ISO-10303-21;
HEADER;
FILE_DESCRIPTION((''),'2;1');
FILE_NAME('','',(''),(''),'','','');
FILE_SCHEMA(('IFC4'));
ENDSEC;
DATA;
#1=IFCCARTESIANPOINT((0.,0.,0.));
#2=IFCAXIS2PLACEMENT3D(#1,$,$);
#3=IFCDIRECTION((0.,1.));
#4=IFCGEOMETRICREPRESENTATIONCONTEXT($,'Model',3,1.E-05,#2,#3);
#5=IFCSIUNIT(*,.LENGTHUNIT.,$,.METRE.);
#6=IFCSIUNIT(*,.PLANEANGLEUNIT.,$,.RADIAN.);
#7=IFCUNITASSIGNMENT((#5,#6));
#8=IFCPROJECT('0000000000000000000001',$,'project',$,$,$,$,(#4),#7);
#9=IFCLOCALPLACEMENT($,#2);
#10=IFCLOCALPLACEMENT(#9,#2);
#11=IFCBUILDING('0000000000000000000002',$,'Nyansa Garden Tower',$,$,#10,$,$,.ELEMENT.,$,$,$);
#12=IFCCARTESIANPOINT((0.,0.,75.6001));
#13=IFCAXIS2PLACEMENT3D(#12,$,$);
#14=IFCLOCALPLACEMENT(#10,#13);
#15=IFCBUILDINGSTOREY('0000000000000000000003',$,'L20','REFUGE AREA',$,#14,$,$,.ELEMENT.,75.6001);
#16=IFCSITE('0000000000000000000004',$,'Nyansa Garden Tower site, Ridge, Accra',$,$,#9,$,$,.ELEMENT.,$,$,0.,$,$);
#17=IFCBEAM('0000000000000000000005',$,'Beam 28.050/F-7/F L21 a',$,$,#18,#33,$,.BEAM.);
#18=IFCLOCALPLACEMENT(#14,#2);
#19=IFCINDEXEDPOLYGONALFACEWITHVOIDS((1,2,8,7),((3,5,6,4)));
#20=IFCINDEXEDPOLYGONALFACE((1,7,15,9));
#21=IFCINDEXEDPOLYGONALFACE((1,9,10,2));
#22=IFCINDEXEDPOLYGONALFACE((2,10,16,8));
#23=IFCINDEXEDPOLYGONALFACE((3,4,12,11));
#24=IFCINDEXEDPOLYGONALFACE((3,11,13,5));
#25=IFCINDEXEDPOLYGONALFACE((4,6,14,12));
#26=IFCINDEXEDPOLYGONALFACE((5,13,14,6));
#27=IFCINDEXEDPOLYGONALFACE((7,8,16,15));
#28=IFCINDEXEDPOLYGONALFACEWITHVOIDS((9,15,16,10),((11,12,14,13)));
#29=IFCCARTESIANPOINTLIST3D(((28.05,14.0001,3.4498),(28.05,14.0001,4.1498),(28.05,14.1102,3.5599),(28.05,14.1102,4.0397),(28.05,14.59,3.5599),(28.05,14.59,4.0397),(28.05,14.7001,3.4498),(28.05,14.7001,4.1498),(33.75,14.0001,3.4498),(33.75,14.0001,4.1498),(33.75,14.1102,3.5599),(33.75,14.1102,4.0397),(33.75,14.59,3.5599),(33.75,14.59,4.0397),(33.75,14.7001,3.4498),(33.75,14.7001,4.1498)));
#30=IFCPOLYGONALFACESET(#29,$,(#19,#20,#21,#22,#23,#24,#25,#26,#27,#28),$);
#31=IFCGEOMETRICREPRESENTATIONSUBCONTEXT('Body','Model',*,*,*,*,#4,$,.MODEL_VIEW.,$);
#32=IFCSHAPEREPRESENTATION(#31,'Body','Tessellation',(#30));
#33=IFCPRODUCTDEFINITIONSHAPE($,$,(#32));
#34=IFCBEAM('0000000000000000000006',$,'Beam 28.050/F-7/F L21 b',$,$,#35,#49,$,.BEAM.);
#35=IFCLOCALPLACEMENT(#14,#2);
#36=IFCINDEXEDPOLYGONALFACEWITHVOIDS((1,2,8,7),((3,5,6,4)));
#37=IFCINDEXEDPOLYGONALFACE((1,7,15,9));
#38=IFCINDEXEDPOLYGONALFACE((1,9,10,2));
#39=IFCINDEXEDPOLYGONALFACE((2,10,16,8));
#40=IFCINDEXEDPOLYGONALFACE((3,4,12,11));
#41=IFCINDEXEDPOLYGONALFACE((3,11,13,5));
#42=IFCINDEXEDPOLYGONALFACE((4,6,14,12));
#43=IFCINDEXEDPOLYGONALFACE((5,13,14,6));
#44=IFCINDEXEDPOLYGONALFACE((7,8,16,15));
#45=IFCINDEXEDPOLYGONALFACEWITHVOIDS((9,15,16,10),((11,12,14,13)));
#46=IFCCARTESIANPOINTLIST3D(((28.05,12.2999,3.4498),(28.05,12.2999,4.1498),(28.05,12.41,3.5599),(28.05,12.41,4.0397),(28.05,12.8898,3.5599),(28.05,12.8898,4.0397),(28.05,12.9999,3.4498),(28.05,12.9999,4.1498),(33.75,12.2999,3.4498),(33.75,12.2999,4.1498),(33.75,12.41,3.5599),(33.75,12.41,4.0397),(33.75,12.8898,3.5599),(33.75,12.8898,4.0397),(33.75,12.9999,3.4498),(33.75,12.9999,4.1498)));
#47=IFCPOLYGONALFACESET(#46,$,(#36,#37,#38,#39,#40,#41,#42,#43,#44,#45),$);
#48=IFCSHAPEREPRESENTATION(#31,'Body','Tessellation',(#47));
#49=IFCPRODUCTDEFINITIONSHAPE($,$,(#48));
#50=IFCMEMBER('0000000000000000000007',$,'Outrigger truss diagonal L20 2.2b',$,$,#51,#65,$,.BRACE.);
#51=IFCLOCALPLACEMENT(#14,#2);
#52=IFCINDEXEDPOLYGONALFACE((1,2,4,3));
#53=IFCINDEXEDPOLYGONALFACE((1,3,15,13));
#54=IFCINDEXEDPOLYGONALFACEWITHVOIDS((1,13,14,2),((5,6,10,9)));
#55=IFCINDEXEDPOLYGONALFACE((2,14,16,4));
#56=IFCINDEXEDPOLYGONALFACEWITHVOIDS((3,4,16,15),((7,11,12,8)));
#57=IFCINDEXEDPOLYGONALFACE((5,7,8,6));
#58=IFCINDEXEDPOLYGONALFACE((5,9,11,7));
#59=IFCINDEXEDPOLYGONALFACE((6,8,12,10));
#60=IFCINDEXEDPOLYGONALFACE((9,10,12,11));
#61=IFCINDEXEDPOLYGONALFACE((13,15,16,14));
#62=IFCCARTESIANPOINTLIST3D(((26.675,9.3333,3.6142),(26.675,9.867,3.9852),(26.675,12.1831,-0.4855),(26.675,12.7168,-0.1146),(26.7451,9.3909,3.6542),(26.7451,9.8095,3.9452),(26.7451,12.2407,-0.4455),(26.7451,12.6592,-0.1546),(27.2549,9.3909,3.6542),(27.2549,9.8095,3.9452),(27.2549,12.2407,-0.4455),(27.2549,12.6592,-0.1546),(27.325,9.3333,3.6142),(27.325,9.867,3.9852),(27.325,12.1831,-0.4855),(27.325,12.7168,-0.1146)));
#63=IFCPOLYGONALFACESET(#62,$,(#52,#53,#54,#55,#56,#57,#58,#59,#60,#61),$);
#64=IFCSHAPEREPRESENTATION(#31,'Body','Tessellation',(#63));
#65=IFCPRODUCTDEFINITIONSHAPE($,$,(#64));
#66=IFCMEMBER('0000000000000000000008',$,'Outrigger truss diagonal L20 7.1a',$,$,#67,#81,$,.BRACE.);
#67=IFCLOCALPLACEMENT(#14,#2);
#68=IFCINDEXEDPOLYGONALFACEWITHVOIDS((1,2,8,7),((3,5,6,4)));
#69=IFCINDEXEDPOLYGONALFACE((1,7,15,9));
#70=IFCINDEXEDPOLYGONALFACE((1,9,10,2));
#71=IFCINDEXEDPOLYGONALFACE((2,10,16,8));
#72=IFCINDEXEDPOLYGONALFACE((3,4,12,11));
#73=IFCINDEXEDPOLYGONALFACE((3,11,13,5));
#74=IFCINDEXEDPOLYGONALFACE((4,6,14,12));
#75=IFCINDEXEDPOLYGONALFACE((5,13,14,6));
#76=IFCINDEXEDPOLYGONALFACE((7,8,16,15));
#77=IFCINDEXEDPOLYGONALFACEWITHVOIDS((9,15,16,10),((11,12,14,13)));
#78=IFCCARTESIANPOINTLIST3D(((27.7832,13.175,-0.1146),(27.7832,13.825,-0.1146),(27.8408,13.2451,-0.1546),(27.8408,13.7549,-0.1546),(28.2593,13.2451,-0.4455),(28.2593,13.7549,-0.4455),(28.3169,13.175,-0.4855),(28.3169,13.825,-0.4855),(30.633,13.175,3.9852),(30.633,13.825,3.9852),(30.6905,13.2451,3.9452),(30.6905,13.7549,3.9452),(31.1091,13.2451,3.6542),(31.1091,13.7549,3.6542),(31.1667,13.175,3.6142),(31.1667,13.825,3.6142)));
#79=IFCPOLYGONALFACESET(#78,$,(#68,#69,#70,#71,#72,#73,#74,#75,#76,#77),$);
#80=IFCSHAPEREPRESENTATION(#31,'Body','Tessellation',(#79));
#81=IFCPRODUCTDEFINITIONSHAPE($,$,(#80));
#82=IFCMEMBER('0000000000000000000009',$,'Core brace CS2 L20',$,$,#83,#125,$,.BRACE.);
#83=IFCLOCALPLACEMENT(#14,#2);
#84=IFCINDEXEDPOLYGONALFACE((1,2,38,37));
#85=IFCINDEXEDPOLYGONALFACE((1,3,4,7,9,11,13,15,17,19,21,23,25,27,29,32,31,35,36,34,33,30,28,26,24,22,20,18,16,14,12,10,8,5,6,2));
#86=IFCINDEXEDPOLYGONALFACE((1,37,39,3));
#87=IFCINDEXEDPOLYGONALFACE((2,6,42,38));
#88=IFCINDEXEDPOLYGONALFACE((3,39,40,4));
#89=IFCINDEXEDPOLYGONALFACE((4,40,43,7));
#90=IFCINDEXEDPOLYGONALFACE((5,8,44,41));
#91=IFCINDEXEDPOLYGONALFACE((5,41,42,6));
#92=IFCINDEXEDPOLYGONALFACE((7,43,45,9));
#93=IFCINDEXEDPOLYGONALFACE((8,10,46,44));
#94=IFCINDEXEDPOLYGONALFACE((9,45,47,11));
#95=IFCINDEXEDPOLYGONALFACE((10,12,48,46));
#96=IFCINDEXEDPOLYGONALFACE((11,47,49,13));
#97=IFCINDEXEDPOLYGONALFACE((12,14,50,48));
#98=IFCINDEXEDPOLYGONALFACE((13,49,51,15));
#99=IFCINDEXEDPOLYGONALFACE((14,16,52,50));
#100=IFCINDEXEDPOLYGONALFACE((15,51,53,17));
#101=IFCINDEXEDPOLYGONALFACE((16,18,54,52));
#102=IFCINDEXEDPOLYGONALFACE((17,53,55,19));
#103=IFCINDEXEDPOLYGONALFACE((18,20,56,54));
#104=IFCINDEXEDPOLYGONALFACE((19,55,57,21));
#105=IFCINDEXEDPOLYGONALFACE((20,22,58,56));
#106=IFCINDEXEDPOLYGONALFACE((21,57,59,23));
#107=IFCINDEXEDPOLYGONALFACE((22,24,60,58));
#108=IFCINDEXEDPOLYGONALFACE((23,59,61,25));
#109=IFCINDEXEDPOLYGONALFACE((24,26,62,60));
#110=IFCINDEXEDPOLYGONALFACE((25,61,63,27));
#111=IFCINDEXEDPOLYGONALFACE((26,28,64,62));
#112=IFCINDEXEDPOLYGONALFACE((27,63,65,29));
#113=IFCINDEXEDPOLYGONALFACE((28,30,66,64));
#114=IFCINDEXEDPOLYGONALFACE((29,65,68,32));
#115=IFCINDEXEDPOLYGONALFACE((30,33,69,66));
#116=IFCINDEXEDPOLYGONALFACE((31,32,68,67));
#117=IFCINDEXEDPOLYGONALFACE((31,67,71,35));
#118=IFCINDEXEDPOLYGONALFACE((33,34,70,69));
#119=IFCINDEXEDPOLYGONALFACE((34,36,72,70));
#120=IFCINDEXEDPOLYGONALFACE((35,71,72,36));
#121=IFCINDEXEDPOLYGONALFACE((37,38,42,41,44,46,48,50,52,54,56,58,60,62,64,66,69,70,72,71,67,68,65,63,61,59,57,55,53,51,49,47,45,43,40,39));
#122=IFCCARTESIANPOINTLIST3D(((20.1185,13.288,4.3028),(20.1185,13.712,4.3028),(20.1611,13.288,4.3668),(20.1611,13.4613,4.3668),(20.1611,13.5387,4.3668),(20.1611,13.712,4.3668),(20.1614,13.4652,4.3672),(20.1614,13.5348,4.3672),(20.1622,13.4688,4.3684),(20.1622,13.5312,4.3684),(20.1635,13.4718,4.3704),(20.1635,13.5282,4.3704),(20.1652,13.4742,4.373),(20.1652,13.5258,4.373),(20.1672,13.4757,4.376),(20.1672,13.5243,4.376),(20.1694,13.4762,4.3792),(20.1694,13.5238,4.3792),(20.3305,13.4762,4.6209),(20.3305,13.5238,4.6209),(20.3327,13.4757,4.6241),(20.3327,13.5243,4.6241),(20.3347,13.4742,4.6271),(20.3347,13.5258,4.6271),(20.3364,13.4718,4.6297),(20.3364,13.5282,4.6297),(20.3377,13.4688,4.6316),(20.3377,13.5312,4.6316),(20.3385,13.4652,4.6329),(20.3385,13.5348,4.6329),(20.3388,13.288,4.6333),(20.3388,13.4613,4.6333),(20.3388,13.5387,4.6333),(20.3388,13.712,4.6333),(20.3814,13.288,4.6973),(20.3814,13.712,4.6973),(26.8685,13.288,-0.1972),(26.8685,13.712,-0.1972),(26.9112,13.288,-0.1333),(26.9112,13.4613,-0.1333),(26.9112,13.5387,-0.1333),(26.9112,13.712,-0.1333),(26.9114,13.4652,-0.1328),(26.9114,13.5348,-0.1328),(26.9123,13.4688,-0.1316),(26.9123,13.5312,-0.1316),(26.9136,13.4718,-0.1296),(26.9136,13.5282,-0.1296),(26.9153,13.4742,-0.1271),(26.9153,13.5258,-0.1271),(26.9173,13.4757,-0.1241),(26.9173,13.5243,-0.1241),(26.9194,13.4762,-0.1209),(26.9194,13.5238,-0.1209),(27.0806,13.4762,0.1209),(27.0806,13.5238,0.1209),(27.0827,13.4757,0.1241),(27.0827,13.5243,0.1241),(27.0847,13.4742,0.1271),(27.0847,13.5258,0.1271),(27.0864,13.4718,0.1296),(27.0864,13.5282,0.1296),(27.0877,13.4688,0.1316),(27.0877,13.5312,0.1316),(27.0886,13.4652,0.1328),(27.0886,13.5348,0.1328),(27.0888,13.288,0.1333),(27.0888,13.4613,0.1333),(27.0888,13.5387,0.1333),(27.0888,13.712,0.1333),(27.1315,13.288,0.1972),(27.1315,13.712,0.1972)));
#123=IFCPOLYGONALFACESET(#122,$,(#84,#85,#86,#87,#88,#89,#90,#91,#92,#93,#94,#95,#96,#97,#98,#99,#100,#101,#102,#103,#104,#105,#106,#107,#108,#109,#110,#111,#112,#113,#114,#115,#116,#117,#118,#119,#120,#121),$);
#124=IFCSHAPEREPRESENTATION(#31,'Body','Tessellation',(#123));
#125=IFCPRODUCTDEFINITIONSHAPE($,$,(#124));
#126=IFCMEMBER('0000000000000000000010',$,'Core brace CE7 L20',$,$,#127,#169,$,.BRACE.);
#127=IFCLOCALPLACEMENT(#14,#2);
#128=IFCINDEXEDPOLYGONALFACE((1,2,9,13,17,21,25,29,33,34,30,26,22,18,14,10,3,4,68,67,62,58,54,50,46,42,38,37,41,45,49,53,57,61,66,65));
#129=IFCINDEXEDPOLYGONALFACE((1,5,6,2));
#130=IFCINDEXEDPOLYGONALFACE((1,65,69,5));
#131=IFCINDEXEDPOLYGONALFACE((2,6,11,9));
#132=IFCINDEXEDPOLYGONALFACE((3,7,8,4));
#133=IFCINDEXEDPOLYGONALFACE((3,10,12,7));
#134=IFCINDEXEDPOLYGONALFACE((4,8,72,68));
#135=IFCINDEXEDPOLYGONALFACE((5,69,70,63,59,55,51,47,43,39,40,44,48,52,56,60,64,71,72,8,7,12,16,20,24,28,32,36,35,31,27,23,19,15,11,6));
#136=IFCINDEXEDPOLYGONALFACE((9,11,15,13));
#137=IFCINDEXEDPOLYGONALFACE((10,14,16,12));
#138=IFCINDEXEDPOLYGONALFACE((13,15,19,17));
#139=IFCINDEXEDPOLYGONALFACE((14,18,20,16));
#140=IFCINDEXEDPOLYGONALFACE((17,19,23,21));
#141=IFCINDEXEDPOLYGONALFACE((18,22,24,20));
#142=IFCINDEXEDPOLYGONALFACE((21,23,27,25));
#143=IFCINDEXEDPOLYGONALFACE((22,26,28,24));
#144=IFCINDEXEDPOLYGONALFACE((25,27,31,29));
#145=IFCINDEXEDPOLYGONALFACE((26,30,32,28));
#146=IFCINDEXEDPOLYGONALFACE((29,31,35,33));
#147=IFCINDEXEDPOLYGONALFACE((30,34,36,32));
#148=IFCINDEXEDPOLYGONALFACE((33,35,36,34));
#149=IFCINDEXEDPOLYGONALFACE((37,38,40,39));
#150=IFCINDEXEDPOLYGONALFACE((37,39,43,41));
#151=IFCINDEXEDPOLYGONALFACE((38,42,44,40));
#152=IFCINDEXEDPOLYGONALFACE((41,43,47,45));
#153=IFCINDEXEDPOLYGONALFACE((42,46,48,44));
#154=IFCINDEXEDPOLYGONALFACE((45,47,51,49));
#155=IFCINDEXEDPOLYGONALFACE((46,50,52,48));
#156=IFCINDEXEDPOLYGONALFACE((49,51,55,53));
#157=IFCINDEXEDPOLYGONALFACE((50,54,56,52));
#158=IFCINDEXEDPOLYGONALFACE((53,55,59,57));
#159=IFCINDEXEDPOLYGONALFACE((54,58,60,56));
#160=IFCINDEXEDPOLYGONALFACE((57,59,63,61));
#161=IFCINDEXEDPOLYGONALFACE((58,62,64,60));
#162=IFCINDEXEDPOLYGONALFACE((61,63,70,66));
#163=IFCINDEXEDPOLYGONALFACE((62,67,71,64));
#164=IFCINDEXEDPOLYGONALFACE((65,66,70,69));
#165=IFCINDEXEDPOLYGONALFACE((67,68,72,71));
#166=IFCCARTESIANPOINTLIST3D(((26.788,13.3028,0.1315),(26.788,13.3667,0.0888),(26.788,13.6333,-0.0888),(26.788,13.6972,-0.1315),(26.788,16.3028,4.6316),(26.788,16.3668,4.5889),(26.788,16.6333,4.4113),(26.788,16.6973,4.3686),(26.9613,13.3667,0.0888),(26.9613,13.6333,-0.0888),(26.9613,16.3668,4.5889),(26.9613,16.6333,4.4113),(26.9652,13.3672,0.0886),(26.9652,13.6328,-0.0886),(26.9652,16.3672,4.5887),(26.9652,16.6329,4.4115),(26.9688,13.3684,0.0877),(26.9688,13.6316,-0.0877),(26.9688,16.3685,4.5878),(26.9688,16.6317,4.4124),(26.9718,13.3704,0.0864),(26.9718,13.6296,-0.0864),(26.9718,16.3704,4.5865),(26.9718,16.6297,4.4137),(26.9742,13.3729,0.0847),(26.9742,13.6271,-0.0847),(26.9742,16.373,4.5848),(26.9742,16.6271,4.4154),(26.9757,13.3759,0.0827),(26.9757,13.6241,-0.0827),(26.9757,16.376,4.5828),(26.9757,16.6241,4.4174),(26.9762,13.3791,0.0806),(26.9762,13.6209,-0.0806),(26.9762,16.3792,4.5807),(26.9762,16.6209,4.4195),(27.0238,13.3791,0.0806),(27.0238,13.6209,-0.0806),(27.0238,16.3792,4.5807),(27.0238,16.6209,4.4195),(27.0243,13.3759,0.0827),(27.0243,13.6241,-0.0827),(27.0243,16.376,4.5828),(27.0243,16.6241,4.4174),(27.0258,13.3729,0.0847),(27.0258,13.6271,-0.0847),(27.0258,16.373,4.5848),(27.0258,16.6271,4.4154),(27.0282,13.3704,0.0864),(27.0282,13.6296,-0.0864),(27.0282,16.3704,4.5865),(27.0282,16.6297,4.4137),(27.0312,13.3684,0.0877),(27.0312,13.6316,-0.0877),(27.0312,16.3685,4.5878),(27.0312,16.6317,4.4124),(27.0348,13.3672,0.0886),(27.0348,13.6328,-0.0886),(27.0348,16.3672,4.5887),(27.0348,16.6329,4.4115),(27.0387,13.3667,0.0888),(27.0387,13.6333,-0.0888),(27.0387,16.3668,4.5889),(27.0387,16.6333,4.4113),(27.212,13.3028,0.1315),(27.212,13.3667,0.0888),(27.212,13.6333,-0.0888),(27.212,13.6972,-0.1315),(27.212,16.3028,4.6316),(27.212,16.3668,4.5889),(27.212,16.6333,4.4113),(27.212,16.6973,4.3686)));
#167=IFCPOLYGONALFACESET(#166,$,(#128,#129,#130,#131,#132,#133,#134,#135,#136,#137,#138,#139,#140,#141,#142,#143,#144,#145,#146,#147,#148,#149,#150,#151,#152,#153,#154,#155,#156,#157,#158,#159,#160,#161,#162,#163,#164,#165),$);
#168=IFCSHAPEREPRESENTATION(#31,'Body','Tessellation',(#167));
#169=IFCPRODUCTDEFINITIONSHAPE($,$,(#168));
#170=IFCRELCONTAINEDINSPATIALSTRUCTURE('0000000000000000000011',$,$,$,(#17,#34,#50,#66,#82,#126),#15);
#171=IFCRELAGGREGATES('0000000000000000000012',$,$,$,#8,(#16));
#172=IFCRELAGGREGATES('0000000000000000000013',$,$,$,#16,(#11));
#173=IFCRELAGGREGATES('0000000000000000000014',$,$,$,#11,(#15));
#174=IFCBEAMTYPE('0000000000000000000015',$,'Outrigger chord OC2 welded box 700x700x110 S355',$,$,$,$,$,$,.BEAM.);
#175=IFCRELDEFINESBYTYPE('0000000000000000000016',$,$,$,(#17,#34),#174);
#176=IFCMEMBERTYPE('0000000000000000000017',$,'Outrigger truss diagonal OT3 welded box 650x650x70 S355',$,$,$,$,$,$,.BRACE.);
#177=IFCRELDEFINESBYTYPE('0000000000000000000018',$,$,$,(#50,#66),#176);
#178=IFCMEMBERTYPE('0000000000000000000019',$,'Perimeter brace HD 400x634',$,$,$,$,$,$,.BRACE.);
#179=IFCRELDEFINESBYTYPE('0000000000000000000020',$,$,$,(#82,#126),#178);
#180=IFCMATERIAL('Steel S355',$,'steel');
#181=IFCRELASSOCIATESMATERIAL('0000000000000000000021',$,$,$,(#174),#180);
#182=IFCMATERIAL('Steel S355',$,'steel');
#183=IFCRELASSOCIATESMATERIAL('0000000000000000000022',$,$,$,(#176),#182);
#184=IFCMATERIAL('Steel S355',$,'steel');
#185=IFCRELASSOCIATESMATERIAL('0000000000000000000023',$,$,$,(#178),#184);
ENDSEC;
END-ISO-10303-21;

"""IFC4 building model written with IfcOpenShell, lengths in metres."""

from ifc_helpers import new_model, si_unit, direction, frame, origin, origin_2d, place, context, subcontext, project, spatial, hollow_rectangle, i_section, extrude, material, material_profile, profile_set, type_object, element, save


model = new_model("IFC4")

# Units and contexts
model_context = context("Model", 3, precision=1e-05, world=origin(), true_north=direction((0.0, 1.0)))
body_context = subcontext(model_context, "Body", "Model", "MODEL_VIEW")
ifc_project = project(units=[si_unit("LENGTHUNIT", "METRE"), si_unit("PLANEANGLEUNIT", "RADIAN")], contexts=[model_context])

# Site, building, storey
site_placement = place(None, origin())
site = spatial("IfcSite", under=ifc_project, at=site_placement, Name="Nyansa Garden Tower site, Ridge, Accra", CompositionType="ELEMENT", RefElevation=0.0)
building_placement = place(site_placement, origin())
building = spatial("IfcBuilding", under=site, at=building_placement, Name="Nyansa Garden Tower", CompositionType="ELEMENT")
storey_placement = place(building_placement, frame((0.0, 0.0, 75.6001)))
storey = spatial("IfcBuildingStorey", under=building, at=storey_placement, Name="L20", Description="REFUGE AREA", CompositionType="ELEMENT", Elevation=75.6001)

# Beams
ifc_material_1 = material(Name="Steel S355", Category="steel")
ifc_material_profile_1 = material_profile(ifc_material_1, hollow_rectangle(XDim=0.7, YDim=0.7, WallThickness=0.1101, at=origin_2d()), Name="Welded box 700x700x110")
ifc_profile_set_1 = profile_set([ifc_material_profile_1], Name="Steel S355")
beam_type_1 = type_object("IfcBeamType", Name="Outrigger chord OC2 welded box 700x700x110 S355", PredefinedType="BEAM", material=ifc_profile_set_1)
for number, where, z_axis, x_axis, name in (
    (1, (28.05, 14.3501, 3.7998), (1.0, 0.0, 0.0), (0.0, 1.0, 0.0), "Beam 28.050/F-7/F L21 a"),
    (2, (28.05, 12.6499, 3.7998), (1.0, 0.0, 0.0), (0.0, 1.0, 0.0), "Beam 28.050/F-7/F L21 b"),
):
    element("IfcBeam", number, at=place(storey_placement, frame(where, z_axis=z_axis, x_axis=x_axis)), inside=storey, type_object=beam_type_1, Name=name, PredefinedType="BEAM", context=body_context, shape_type="SweptSolid", body=[
        extrude(hollow_rectangle(XDim=0.7, YDim=0.7, WallThickness=0.1101, at=origin_2d()), origin(), (0.0, 0.0, 1.0), 5.7),
    ])

# Members
ifc_material_2 = material(Name="Steel S355", Category="steel")
ifc_material_profile_2 = material_profile(ifc_material_2, hollow_rectangle(XDim=0.6499, YDim=0.6499, WallThickness=0.0701, at=origin_2d()), Name="Welded box 650x650x70")
ifc_profile_set_2 = profile_set([ifc_material_profile_2], Name="Steel S355")
member_type_1 = type_object("IfcMemberType", Name="Outrigger truss diagonal OT3 welded box 650x650x70 S355", PredefinedType="BRACE", material=ifc_profile_set_2)
for number, where, z_axis, x_axis, name in (
    (3, (27.0, 12.45, -0.3), (0.0, -0.570765, 0.821113), (1.0, 0.0, 0.0), "Outrigger truss diagonal L20 2.2b"),
    (4, (28.05, 13.5, -0.3), (0.570765, 0.0, 0.821113), (0.0, 1.0, 0.0), "Outrigger truss diagonal L20 7.1a"),
):
    element("IfcMember", number, at=place(storey_placement, frame(where, z_axis=z_axis, x_axis=x_axis)), inside=storey, type_object=member_type_1, Name=name, PredefinedType="BRACE", context=body_context, shape_type="SweptSolid", body=[
        extrude(hollow_rectangle(XDim=0.6499, YDim=0.6499, WallThickness=0.0701, at=origin_2d()), origin(), (0.0, 0.0, 1.0), 4.9929),
    ])
ifc_material_3 = material(Name="Steel S355", Category="steel")
ifc_material_profile_3 = material_profile(ifc_material_3, i_section(OverallWidth=0.4241, OverallDepth=0.4741, WebThickness=0.0476, FlangeThickness=0.0769, FilletRadius=0.0149, at=origin_2d()), Name="HD 400x634")
ifc_profile_set_3 = profile_set([ifc_material_profile_3], Name="Steel S355")
member_type_2 = type_object("IfcMemberType", Name="Perimeter brace HD 400x634", PredefinedType="BRACE", material=ifc_profile_set_3)
member_1_placement = place(storey_placement, frame((27.0, 13.5, 0.0), z_axis=(-0.83205, 0.0, 0.5547), x_axis=(0.0, -1.0, 0.0)))
element("IfcMember", 5, at=member_1_placement, inside=storey, type_object=member_type_2, Name="Core brace CS2 L20", PredefinedType="BRACE", context=body_context, shape_type="SweptSolid", body=[
    extrude(i_section(OverallWidth=0.4241, OverallDepth=0.4741, WebThickness=0.0476, FlangeThickness=0.0769, FilletRadius=0.0149, at=origin_2d()), origin(), (0.0, 0.0, 1.0), 8.1125),
])
member_2_placement = place(storey_placement, frame((27.0, 13.5, 0.0), z_axis=(0.0, 0.5547, 0.83205), x_axis=(-1.0, 0.0, 0.0)))
element("IfcMember", 6, at=member_2_placement, inside=storey, type_object=member_type_2, Name="Core brace CE7 L20", PredefinedType="BRACE", context=body_context, shape_type="SweptSolid", body=[
    extrude(i_section(OverallWidth=0.4241, OverallDepth=0.4741, WebThickness=0.0476, FlangeThickness=0.0769, FilletRadius=0.0149, at=origin_2d()), origin(), (0.0, 0.0, 1.0), 5.4084),
])

save(model, "model.ifc")
